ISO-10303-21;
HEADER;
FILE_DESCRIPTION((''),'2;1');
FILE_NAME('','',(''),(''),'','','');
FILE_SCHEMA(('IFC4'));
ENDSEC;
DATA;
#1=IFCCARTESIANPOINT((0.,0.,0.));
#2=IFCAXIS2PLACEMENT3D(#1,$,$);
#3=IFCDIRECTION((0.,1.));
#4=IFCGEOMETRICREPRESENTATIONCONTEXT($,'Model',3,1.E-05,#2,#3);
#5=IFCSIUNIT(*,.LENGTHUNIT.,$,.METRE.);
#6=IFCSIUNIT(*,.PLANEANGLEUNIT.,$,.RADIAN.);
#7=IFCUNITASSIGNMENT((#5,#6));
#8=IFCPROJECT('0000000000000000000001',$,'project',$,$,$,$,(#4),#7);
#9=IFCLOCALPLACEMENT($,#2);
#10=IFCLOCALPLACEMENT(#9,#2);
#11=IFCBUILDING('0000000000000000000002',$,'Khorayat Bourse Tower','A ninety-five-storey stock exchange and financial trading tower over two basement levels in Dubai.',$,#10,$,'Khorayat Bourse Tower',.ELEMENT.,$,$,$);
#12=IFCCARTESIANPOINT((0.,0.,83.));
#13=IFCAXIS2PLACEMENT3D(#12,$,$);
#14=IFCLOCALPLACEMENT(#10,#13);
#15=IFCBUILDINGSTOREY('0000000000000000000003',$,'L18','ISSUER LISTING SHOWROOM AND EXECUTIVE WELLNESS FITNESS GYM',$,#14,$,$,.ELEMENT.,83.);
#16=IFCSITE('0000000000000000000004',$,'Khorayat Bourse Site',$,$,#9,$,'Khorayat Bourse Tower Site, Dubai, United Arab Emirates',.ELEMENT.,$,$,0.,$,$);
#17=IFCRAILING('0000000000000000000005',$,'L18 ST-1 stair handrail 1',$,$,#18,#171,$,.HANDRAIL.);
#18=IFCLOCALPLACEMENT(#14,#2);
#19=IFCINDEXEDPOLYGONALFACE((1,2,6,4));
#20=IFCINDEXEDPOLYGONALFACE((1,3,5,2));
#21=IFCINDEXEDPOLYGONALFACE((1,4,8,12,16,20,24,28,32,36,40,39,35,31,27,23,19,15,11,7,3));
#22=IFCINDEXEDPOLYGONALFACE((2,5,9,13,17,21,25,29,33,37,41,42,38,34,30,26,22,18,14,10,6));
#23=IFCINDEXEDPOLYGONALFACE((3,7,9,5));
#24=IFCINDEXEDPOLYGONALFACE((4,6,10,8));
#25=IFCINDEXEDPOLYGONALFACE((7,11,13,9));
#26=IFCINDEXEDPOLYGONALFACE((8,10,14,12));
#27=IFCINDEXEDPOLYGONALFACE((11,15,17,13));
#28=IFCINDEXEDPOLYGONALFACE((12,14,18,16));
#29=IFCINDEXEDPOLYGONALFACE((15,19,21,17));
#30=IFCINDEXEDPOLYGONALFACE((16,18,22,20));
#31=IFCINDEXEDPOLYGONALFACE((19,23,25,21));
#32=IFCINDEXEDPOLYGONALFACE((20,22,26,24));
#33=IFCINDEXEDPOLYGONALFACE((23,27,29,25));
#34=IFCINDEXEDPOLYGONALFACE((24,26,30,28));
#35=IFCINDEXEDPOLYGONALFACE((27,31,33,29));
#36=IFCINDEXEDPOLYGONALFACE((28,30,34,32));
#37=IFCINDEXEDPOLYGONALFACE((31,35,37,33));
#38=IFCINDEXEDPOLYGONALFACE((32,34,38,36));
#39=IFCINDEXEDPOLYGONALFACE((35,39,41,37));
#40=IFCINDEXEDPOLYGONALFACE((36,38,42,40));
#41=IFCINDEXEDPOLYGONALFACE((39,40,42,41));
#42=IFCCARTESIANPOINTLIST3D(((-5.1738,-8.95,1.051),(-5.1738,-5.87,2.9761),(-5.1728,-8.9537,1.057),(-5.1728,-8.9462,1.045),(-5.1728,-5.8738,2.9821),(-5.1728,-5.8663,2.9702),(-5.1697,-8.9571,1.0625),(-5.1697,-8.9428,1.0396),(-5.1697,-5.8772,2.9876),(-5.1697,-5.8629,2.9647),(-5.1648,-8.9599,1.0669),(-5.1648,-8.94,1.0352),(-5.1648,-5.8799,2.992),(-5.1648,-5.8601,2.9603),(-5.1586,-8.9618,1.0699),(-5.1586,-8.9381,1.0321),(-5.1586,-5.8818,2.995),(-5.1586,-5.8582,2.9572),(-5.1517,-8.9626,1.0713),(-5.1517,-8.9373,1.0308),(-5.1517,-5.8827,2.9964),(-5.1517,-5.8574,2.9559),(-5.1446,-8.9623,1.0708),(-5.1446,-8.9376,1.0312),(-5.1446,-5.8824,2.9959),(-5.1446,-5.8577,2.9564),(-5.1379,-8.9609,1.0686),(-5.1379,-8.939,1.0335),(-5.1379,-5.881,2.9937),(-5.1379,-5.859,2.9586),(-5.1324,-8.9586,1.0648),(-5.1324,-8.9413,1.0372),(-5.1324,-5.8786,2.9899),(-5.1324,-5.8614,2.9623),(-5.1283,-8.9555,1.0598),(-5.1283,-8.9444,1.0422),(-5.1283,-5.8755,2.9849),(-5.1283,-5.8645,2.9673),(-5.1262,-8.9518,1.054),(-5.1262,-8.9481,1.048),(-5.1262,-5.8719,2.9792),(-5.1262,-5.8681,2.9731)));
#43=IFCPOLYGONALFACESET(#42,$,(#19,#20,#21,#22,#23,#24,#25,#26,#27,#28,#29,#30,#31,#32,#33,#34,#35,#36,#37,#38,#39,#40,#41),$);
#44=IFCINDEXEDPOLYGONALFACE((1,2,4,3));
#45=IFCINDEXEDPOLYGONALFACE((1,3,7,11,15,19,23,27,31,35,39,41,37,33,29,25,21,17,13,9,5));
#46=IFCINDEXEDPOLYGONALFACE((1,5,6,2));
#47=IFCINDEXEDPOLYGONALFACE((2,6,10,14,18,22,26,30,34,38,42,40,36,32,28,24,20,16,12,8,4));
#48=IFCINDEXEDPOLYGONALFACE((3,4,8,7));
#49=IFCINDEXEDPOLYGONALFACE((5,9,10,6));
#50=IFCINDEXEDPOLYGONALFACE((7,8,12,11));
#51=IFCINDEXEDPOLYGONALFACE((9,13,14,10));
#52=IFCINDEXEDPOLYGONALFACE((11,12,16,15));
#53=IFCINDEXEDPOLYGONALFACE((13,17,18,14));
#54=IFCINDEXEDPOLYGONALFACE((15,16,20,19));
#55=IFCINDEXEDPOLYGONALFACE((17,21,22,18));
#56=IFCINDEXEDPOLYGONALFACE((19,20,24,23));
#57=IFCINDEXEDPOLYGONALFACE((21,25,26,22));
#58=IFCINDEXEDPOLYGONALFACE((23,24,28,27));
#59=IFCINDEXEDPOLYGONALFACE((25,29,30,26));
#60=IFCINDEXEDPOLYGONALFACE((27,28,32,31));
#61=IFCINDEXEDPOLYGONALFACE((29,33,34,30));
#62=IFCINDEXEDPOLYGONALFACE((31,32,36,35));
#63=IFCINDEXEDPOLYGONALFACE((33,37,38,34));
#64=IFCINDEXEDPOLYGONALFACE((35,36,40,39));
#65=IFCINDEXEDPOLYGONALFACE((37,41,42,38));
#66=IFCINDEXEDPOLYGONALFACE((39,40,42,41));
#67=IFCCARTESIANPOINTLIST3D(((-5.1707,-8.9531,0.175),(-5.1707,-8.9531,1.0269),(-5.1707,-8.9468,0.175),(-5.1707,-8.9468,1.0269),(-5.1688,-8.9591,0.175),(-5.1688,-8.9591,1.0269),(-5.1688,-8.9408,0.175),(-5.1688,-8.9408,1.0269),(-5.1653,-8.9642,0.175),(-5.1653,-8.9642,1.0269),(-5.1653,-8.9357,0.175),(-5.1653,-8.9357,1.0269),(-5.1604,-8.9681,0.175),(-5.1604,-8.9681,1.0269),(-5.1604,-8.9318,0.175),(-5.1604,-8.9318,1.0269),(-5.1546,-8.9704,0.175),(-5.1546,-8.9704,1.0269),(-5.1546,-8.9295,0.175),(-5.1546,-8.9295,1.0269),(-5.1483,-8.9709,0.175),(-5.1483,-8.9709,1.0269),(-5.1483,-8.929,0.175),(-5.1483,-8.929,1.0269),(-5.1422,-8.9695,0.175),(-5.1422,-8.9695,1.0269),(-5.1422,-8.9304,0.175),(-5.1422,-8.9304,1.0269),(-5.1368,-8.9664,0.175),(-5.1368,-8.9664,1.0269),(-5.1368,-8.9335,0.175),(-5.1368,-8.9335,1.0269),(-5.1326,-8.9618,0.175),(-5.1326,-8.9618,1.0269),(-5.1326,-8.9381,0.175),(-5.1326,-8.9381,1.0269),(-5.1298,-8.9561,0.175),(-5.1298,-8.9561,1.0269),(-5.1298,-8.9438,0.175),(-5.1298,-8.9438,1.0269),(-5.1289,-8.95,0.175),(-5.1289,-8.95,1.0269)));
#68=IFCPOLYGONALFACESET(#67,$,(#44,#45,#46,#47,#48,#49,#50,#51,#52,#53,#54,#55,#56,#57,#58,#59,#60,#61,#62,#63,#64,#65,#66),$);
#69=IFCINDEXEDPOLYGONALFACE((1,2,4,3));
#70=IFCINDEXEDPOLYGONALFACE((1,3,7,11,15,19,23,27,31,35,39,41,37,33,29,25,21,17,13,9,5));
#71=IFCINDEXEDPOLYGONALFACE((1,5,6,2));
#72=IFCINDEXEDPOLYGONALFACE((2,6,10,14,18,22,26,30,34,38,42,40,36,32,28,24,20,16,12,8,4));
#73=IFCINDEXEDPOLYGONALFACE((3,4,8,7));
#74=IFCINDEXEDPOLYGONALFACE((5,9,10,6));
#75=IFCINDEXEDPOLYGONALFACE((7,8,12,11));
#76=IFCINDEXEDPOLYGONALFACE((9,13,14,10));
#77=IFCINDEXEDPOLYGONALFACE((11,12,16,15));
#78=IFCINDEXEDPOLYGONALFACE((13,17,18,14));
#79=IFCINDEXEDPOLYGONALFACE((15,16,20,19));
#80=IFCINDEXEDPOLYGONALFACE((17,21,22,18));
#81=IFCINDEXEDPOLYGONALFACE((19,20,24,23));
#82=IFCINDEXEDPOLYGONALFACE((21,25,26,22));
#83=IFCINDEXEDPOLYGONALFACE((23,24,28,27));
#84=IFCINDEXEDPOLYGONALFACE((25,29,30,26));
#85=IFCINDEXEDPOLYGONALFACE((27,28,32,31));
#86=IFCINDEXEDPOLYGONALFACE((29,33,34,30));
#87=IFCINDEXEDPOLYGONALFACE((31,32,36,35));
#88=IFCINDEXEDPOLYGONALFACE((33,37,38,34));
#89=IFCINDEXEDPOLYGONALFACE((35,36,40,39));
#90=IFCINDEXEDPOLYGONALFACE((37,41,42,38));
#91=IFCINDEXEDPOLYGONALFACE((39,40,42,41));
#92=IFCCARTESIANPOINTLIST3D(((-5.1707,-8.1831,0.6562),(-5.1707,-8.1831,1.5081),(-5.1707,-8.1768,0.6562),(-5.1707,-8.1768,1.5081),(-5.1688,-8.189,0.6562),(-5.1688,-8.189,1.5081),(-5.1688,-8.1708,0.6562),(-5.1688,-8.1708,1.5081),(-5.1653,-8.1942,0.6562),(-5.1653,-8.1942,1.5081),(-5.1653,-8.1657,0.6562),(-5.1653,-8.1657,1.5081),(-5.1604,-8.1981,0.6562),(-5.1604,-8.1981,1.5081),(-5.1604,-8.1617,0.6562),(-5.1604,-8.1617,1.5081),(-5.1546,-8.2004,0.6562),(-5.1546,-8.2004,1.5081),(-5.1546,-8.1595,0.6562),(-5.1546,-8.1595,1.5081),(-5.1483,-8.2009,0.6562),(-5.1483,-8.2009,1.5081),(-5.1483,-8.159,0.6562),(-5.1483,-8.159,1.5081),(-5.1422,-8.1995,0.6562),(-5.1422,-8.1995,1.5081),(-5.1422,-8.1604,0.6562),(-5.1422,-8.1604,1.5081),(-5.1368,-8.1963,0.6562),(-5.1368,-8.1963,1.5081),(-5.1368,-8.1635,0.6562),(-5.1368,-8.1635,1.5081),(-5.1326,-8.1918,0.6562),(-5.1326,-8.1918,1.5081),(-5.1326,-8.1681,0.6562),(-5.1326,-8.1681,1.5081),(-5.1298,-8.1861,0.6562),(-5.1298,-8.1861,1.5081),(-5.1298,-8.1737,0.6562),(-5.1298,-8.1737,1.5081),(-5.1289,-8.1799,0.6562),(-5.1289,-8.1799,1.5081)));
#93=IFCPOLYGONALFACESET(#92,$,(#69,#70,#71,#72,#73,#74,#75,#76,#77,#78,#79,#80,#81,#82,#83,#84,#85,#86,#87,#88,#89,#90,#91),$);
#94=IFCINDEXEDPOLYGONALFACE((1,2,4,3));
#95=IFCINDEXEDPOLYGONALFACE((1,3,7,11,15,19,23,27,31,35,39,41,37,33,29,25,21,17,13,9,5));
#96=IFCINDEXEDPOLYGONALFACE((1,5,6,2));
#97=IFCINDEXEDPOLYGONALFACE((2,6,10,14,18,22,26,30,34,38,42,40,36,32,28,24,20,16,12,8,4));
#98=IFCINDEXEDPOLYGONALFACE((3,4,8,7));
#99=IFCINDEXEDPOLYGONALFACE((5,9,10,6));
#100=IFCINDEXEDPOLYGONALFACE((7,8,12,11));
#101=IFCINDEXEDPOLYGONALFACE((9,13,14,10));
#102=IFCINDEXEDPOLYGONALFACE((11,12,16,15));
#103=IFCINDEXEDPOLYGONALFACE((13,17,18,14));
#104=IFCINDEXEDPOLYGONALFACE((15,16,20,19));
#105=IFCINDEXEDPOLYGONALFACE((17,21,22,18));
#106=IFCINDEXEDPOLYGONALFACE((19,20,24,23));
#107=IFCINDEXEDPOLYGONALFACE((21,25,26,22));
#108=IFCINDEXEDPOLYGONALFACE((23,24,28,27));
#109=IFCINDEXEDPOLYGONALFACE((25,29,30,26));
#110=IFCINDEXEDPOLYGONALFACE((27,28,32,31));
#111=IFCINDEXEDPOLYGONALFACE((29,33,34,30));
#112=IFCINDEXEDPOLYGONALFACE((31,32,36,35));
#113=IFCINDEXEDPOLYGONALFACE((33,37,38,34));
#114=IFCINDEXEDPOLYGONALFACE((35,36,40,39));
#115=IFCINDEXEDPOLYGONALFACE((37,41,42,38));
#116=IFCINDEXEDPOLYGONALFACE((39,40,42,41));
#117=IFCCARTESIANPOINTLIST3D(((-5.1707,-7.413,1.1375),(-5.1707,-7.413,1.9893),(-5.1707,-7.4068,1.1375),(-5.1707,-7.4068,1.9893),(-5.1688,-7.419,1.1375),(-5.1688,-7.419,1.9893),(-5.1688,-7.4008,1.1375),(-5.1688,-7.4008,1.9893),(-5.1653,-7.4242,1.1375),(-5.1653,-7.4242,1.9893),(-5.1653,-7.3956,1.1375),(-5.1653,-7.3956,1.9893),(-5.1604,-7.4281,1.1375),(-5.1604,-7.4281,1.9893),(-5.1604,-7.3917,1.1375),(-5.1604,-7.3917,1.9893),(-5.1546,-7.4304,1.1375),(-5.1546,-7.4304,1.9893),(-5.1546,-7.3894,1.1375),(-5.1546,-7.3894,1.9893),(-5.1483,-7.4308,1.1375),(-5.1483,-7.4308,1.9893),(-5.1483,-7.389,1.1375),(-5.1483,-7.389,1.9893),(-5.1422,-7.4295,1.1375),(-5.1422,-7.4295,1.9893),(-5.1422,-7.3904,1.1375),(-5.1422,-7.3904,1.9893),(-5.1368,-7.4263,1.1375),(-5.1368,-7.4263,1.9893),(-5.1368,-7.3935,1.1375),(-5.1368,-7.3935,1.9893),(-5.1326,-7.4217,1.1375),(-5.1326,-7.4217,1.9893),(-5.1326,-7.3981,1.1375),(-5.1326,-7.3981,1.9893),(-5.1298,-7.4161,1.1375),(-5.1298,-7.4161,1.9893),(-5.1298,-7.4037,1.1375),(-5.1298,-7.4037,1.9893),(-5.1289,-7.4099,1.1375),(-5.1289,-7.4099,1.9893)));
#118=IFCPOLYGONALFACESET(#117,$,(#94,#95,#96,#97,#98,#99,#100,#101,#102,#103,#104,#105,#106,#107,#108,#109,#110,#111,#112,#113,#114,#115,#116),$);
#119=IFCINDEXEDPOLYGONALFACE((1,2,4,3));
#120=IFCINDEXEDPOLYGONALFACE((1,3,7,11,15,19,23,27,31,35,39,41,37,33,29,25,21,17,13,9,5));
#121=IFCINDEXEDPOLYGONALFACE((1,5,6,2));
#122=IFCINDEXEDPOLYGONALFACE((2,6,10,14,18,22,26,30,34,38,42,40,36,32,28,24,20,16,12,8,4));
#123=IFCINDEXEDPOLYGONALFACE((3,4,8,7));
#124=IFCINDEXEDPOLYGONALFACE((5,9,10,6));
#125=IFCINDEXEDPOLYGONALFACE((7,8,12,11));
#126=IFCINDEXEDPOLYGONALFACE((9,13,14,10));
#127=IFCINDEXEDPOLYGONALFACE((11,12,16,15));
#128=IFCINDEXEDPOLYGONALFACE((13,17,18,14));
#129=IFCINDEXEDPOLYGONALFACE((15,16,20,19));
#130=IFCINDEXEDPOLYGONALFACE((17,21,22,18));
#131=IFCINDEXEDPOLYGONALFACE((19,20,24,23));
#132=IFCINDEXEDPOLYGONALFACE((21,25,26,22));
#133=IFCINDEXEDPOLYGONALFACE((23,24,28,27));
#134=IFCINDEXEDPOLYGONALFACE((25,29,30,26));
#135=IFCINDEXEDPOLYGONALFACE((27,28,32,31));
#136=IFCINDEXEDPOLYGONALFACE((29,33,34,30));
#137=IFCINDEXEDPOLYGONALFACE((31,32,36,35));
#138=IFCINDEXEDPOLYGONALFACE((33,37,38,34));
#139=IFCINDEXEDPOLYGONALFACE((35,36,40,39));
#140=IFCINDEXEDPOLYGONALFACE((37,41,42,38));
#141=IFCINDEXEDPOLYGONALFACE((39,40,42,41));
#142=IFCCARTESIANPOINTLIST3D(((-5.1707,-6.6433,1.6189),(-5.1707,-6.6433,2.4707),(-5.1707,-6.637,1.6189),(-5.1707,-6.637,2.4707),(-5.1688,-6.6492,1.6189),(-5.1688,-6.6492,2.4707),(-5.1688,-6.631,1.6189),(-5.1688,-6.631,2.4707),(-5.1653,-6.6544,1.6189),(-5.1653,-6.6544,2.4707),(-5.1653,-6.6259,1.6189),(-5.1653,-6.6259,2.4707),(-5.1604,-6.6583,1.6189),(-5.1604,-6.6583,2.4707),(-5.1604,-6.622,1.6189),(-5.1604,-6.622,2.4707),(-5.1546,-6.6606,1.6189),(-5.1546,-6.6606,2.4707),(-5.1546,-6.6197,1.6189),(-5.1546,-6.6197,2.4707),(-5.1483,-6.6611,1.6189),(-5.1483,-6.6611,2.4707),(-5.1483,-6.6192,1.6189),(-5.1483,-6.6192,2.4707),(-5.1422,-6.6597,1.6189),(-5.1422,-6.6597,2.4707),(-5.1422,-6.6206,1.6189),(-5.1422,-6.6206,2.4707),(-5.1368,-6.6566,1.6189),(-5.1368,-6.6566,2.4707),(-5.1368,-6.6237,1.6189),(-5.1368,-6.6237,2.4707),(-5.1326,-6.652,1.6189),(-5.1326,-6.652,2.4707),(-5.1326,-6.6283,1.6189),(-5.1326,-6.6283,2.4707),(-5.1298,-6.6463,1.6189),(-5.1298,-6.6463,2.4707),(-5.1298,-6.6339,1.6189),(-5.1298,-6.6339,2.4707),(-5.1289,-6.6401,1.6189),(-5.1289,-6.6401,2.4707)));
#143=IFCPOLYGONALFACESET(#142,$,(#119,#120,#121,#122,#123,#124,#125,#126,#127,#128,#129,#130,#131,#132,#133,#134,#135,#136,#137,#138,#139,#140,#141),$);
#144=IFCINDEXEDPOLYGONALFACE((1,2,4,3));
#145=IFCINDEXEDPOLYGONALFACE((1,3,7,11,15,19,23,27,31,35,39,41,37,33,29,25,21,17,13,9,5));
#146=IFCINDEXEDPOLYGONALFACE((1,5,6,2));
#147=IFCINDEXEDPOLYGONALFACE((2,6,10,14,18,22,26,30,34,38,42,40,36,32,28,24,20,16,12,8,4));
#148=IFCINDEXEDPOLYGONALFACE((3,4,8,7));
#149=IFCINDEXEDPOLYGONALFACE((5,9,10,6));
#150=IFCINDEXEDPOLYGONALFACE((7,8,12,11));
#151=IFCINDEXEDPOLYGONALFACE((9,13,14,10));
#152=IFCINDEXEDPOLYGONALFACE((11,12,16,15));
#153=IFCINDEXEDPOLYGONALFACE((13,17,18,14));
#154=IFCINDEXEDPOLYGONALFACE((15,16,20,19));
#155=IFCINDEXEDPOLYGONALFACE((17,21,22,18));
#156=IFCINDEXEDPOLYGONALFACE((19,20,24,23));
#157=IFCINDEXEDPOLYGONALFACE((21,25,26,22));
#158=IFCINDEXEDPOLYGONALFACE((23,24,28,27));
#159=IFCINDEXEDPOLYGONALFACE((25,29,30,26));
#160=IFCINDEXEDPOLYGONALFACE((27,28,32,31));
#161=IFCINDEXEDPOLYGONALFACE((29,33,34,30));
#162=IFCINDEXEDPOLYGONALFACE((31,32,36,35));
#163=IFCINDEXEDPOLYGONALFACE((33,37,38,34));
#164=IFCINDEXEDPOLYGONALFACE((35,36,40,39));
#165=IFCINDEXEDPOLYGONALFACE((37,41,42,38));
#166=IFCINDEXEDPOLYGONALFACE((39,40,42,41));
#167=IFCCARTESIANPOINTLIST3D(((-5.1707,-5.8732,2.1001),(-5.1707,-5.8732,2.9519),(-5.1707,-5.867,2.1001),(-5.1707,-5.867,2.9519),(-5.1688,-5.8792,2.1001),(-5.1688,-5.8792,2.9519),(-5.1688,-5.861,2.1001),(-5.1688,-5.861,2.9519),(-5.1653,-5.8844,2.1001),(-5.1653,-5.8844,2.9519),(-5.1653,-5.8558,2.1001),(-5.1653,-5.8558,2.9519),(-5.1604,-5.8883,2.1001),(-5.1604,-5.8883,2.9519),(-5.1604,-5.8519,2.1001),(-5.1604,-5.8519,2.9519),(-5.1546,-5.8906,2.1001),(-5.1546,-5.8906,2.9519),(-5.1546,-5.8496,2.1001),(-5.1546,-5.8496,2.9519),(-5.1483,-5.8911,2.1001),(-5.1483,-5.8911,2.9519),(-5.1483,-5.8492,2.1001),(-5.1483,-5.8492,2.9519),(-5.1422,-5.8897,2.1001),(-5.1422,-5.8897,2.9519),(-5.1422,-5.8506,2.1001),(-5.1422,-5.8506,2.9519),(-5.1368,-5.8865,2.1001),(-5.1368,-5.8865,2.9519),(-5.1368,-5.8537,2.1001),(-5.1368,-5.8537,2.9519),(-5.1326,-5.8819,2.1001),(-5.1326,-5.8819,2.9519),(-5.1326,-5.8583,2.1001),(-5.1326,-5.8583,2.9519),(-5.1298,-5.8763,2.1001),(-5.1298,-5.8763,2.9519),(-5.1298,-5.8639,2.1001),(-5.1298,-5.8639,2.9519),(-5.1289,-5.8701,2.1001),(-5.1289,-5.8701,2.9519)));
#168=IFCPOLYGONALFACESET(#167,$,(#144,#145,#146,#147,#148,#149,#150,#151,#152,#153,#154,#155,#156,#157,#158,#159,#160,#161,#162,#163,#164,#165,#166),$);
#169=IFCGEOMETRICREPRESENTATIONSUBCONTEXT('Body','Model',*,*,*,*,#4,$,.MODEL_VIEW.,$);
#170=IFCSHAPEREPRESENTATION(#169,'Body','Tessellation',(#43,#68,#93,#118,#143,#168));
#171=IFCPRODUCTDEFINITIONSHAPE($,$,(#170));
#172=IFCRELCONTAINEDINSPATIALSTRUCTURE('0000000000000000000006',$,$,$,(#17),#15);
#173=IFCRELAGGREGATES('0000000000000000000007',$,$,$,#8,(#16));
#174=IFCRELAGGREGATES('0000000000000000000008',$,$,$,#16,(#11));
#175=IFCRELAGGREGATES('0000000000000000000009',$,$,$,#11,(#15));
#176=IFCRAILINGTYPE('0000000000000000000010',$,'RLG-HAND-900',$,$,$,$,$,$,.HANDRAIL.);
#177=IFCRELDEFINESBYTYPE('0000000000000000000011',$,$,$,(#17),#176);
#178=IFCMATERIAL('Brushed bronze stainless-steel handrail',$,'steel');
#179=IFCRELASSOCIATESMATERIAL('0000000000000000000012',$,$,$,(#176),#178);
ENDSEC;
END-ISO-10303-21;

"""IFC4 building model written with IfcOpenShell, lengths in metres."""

from ifc_helpers import new_model, si_unit, direction, frame, origin, origin_2d, place, context, subcontext, project, spatial, circle, extrude, source, transform, mapped, material, type_object, element, save


model = new_model("IFC4")

# Units and contexts
model_context = context("Model", 3, precision=1e-05, world=origin(), true_north=direction((0.0, 1.0)))
body_context = subcontext(model_context, "Body", "Model", "MODEL_VIEW")
ifc_project = project(units=[si_unit("LENGTHUNIT", "METRE"), si_unit("PLANEANGLEUNIT", "RADIAN")], contexts=[model_context])

# Site, building, storey
site_placement = place(None, origin())
site = spatial("IfcSite", under=ifc_project, at=site_placement, Name="Khorayat Bourse Site", LongName="Khorayat Bourse Tower Site, Dubai, United Arab Emirates", CompositionType="ELEMENT", RefElevation=0.0)
building_placement = place(site_placement, origin())
building = spatial("IfcBuilding", under=site, at=building_placement, Name="Khorayat Bourse Tower", Description="A ninety-five-storey stock exchange and financial trading tower over two basement levels in Dubai.", LongName="Khorayat Bourse Tower", CompositionType="ELEMENT")
storey_placement = place(building_placement, frame((0.0, 0.0, 83.0)))
storey = spatial("IfcBuildingStorey", under=building, at=storey_placement, Name="L18", Description="ISSUER LISTING SHOWROOM AND EXECUTIVE WELLNESS FITNESS GYM", CompositionType="ELEMENT", Elevation=83.0)

# Railing
ifc_material_1 = material(Name="Brushed bronze stainless-steel handrail", Category="steel")
railing_type_1 = type_object("IfcRailingType", Name="RLG-HAND-900", PredefinedType="HANDRAIL", material=ifc_material_1)
shared_shape_1 = source(origin(), body_context, "Body", "SweptSolid", [
    extrude(circle(Radius=0.0239, at=origin_2d()), frame((0.0, 0.0, 0.876), z_axis=(0.0, 0.847979, 0.530029), x_axis=(-1.0, 0.0, 0.0)), (0.0, 0.0, 1.0), 3.6321),
    extrude(circle(Radius=0.021, at=origin_2d()), origin(), (0.0, 0.0, 1.0), 0.8518),
    extrude(circle(Radius=0.021, at=origin_2d()), frame((0.0, 0.77, 0.4812)), (0.0, 0.0, 1.0), 0.8518),
    extrude(circle(Radius=0.021, at=origin_2d()), frame((0.0, 1.54, 0.9624)), (0.0, 0.0, 1.0), 0.8518),
    extrude(circle(Radius=0.021, at=origin_2d()), frame((0.0, 2.3098, 1.4438)), (0.0, 0.0, 1.0), 0.8518),
    extrude(circle(Radius=0.021, at=origin_2d()), frame((0.0, 3.0798, 1.925)), (0.0, 0.0, 1.0), 0.8518),
])
railing_1_placement = place(storey_placement, frame((-5.1499, -8.95, 0.175)))
element("IfcRailing", 1, at=railing_1_placement, inside=storey, type_object=railing_type_1, Name="L18 ST-1 stair handrail 1", PredefinedType="HANDRAIL", context=body_context, shape_type="MappedRepresentation", body=[
    mapped(shared_shape_1, transform((0.0, 0.0, 0.0), scale=1.0)),
])

save(model, "model.ifc")
